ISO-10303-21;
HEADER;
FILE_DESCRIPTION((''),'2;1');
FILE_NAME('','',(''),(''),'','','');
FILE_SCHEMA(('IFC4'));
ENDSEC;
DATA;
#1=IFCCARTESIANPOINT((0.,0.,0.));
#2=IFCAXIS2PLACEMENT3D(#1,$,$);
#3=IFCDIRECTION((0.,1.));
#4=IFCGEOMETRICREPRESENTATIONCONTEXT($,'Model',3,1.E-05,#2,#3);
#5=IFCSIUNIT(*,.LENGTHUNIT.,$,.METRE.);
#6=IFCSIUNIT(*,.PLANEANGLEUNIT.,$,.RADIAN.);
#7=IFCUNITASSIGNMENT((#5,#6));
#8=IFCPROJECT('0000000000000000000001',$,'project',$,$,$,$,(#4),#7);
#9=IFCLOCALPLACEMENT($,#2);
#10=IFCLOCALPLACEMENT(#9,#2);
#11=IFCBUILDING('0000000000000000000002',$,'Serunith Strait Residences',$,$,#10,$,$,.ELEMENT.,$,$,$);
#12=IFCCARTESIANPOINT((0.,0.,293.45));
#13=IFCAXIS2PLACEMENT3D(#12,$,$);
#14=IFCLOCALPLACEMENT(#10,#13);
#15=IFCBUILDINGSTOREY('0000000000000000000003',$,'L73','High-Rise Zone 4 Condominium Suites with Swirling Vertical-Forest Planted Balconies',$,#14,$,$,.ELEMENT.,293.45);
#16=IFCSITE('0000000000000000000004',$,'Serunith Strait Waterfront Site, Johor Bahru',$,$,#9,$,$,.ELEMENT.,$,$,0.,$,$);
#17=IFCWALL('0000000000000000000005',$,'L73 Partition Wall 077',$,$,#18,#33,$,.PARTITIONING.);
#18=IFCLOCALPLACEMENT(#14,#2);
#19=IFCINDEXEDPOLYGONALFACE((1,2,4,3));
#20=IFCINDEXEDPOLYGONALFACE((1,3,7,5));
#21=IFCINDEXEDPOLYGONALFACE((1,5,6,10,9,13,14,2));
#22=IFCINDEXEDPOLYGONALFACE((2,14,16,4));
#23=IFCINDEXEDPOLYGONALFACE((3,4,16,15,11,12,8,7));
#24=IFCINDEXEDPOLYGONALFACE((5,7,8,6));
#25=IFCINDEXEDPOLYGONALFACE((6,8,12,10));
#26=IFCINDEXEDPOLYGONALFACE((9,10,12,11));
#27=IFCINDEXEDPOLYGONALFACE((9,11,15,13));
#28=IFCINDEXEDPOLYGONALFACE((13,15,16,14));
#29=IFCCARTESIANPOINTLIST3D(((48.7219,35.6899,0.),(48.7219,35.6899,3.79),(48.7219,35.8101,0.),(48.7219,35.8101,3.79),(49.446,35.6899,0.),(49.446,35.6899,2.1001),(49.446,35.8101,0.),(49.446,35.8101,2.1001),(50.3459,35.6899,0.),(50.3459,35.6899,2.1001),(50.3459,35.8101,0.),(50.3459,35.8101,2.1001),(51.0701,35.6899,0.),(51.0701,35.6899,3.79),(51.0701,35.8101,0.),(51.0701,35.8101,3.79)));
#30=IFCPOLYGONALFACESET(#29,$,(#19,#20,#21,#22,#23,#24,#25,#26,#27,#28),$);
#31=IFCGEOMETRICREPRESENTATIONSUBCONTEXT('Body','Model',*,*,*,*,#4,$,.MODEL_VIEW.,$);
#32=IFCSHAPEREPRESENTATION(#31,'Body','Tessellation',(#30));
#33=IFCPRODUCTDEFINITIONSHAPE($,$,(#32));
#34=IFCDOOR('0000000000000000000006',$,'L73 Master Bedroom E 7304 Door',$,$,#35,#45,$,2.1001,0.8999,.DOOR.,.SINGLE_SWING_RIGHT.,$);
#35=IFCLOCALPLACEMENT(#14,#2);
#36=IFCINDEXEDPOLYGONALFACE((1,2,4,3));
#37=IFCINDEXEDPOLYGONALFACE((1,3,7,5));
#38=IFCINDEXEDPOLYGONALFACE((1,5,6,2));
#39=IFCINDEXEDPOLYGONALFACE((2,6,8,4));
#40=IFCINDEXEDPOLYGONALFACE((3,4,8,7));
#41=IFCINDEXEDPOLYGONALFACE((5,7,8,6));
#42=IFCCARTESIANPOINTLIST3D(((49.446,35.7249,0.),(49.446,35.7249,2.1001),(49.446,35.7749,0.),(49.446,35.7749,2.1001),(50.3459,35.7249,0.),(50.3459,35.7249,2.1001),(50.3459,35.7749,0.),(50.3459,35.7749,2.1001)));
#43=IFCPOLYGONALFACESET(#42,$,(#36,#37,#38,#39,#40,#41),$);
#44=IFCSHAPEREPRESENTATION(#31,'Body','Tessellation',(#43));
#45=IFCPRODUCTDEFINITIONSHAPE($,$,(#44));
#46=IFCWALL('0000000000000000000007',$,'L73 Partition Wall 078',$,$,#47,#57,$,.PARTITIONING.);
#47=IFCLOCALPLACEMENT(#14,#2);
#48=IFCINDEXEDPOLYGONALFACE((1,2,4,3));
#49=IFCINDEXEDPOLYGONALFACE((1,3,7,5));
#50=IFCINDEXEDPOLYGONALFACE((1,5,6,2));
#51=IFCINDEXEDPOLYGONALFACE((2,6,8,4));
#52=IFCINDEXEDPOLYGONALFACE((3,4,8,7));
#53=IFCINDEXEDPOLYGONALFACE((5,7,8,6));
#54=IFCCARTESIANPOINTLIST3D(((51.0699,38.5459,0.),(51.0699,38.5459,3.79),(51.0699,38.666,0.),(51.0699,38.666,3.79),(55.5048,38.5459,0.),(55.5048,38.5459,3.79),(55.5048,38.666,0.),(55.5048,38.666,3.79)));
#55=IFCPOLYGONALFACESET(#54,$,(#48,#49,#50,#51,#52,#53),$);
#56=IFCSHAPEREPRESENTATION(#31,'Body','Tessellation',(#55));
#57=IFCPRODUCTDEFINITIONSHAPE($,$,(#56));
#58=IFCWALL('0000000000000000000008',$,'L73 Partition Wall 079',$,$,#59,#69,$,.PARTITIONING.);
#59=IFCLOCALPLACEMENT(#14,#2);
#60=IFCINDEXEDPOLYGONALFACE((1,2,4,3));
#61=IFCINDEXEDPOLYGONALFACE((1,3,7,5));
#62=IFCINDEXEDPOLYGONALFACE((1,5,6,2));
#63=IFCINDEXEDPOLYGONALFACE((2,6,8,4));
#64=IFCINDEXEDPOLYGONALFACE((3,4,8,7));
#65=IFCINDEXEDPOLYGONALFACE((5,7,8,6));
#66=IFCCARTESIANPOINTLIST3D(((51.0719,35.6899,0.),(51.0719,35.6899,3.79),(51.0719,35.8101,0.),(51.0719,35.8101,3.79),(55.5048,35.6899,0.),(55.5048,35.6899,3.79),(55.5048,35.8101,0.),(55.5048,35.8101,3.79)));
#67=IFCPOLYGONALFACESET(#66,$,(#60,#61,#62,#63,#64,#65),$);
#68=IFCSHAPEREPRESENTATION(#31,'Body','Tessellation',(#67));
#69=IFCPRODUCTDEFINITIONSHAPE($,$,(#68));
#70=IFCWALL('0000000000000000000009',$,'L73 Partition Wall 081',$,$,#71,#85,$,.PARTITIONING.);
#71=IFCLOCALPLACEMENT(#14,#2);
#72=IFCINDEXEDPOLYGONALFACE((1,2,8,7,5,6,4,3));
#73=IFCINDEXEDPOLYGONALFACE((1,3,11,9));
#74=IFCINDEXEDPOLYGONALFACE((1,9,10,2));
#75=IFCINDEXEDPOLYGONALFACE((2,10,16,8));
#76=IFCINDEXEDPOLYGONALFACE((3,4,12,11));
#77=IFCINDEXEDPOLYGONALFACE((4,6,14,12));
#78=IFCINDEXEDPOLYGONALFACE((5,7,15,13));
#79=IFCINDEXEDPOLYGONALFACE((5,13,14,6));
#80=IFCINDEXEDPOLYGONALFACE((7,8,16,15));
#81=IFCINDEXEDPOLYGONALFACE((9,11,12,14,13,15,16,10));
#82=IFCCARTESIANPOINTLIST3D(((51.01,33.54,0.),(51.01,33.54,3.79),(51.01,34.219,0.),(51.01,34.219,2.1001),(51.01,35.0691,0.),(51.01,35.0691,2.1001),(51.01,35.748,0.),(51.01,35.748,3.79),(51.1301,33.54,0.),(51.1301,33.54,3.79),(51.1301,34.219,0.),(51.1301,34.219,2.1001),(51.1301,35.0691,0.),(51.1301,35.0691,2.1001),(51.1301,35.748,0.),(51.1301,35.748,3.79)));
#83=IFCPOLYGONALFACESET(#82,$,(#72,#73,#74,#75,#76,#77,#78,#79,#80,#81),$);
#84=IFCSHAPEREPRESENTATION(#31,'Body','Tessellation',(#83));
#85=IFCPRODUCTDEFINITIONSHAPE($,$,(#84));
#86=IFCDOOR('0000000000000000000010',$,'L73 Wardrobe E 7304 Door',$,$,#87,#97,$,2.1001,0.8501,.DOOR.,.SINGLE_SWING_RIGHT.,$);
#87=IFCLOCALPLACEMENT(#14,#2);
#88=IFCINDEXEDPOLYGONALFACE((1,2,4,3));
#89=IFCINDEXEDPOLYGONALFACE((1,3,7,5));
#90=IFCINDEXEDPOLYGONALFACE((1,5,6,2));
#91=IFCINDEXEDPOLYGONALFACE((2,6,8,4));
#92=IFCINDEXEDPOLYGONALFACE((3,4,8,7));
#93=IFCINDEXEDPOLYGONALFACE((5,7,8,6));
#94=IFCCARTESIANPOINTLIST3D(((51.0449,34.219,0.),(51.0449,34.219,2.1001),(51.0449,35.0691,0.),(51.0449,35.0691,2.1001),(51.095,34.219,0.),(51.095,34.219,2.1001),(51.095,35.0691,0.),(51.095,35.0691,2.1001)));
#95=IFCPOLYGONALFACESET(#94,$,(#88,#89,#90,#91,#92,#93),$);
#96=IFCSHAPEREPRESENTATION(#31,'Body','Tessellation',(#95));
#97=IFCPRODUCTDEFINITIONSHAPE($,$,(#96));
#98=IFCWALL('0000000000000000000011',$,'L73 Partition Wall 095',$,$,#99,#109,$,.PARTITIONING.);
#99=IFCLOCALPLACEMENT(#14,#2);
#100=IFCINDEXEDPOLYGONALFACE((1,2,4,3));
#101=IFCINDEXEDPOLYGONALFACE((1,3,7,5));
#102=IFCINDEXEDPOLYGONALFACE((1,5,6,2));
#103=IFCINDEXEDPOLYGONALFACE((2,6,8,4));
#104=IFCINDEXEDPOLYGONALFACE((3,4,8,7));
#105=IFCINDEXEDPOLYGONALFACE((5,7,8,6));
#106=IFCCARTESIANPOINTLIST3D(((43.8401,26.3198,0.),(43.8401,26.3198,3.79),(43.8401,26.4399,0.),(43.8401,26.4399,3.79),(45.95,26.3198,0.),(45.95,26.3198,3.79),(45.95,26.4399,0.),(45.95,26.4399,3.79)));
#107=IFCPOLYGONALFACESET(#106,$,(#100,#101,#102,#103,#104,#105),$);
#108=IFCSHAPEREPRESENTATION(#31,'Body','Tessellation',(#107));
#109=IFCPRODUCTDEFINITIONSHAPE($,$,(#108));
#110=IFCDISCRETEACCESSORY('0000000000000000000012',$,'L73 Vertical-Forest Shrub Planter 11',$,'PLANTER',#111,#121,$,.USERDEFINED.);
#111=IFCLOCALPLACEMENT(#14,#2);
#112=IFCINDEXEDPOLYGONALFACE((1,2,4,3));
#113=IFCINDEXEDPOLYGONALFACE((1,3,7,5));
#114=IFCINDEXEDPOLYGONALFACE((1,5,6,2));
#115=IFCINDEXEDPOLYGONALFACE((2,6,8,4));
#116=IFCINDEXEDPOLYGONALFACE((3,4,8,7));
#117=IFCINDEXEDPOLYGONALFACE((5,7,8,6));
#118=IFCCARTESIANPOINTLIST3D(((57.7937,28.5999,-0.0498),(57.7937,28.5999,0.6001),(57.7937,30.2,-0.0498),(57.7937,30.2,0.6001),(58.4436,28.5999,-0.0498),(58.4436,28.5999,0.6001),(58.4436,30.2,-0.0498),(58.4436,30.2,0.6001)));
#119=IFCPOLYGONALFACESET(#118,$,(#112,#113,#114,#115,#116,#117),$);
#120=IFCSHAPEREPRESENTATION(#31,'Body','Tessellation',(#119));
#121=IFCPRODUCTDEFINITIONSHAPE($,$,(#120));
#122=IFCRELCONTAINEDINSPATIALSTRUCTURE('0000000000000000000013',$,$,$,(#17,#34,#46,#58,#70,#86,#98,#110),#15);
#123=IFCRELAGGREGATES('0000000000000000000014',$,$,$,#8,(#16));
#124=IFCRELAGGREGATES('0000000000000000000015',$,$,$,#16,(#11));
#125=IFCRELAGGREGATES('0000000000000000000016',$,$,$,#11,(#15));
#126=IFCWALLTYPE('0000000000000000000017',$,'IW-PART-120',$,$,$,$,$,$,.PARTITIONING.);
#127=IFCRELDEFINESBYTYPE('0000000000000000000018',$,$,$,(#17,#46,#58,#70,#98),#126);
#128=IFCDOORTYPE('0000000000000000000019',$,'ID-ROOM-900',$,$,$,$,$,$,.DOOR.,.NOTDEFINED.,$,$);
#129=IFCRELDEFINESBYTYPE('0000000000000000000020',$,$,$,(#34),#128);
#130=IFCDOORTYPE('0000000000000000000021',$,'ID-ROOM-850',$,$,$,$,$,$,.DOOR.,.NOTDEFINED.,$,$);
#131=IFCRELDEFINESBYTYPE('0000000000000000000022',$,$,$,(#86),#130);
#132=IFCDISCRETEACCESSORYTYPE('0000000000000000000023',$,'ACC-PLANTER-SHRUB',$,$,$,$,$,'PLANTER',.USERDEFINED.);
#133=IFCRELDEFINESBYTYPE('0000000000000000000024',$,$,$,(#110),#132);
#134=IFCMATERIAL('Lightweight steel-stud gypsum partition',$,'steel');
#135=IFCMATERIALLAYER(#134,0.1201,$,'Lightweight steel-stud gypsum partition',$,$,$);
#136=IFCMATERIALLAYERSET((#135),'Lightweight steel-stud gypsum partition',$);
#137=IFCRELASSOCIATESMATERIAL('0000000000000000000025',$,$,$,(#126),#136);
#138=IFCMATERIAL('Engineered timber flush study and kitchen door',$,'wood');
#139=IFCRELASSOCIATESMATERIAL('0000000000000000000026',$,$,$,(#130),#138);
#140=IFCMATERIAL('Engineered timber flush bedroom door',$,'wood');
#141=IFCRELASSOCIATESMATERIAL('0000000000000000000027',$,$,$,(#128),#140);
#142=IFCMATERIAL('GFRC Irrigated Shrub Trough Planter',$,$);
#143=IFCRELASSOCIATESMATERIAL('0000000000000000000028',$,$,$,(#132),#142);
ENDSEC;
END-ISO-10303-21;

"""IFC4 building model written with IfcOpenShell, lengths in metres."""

from ifc_helpers import new_model, si_unit, direction, frame, frame_2d, origin, origin_2d, place, context, subcontext, project, spatial, rectangle, extrude, source, transform, mapped, material, layer, layer_set, type_object, element, fill, save


model = new_model("IFC4")

# Units and contexts
model_context = context("Model", 3, precision=1e-05, world=origin(), true_north=direction((0.0, 1.0)))
body_context = subcontext(model_context, "Body", "Model", "MODEL_VIEW")
ifc_project = project(units=[si_unit("LENGTHUNIT", "METRE"), si_unit("PLANEANGLEUNIT", "RADIAN")], contexts=[model_context])

# Site, building, storey
site_placement = place(None, origin())
site = spatial("IfcSite", under=ifc_project, at=site_placement, Name="Serunith Strait Waterfront Site, Johor Bahru", CompositionType="ELEMENT", RefElevation=0.0)
building_placement = place(site_placement, origin())
building = spatial("IfcBuilding", under=site, at=building_placement, Name="Serunith Strait Residences", CompositionType="ELEMENT")
storey_placement = place(building_placement, frame((0.0, 0.0, 293.45)))
storey = spatial("IfcBuildingStorey", under=building, at=storey_placement, Name="L73", Description="High-Rise Zone 4 Condominium Suites with Swirling Vertical-Forest Planted Balconies", CompositionType="ELEMENT", Elevation=293.45)

# Wall, opening, door
ifc_material_1 = material(Name="Lightweight steel-stud gypsum partition", Category="steel")
ifc_layer_1 = layer(ifc_material_1, 0.1201, Name="Lightweight steel-stud gypsum partition")
ifc_layer_set_1 = layer_set([ifc_layer_1], Name="Lightweight steel-stud gypsum partition")
wall_type_1 = type_object("IfcWallType", Name="IW-PART-120", PredefinedType="PARTITIONING", material=ifc_layer_set_1)
ifc_material_2 = material(Name="Engineered timber flush study and kitchen door", Category="wood")
door_type_1 = type_object("IfcDoorType", Name="ID-ROOM-850", OperationType="NOTDEFINED", PredefinedType="DOOR", material=ifc_material_2)
shared_shape_1 = source(origin(), body_context, "Body", "SweptSolid", [
    extrude(rectangle(XDim=0.8501, YDim=2.1001, at=frame_2d((0.425, 1.05))), frame((0.0, 0.0249, 0.0), z_axis=(0.0, -1.0, 0.0), x_axis=(1.0, 0.0, 0.0)), (0.0, 0.0, 1.0), 0.05),
])
wall_1_placement = place(storey_placement, frame((48.7219, 35.75, 0.0), z_axis=(0.0, 0.0, 1.0), x_axis=(1.0, 0.0, 0.0)))
wall_1 = element("IfcWall", 1, at=wall_1_placement, inside=storey, type_object=wall_type_1, Name="L73 Partition Wall 077", PredefinedType="PARTITIONING", context=body_context, shape_type="SweptSolid", body=[
    extrude(rectangle(XDim=2.3481, YDim=0.1201, at=frame_2d((1.1741, 0.0))), origin(), (0.0, 0.0, 1.0), 3.79),
])
opening_1_placement = place(wall_1_placement, frame((0.7241, 0.0, 0.0)))
opening_1 = element("IfcOpeningElement", 2, at=opening_1_placement, cuts=wall_1, PredefinedType="OPENING", context=body_context, shape_type="SweptSolid", body=[
    extrude(rectangle(XDim=0.8999, YDim=2.1001, at=frame_2d((0.45, 1.05))), frame((0.0, 0.0701, 0.0), z_axis=(0.0, -1.0, 0.0), x_axis=(1.0, 0.0, 0.0)), (0.0, 0.0, 1.0), 0.1401),
])
ifc_material_3 = material(Name="Engineered timber flush bedroom door", Category="wood")
door_type_2 = type_object("IfcDoorType", Name="ID-ROOM-900", OperationType="NOTDEFINED", PredefinedType="DOOR", material=ifc_material_3)
shared_shape_2 = source(origin(), body_context, "Body", "SweptSolid", [
    extrude(rectangle(XDim=0.8999, YDim=2.1001, at=frame_2d((0.45, 1.05))), frame((0.0, 0.0249, 0.0), z_axis=(0.0, -1.0, 0.0), x_axis=(1.0, 0.0, 0.0)), (0.0, 0.0, 1.0), 0.05),
])
door_1_placement = place(opening_1_placement, origin())
door_1 = element("IfcDoor", 3, at=door_1_placement, inside=storey, type_object=door_type_2, Name="L73 Master Bedroom E 7304 Door", OperationType="SINGLE_SWING_RIGHT", OverallHeight=2.1001, OverallWidth=0.8999, PredefinedType="DOOR", context=body_context, shape_type="MappedRepresentation", body=[
    mapped(shared_shape_2, transform((0.0, 0.0, 0.0), scale=1.0)),
])
fill(opening_1, door_1)

# Walls
wall_2_placement = place(storey_placement, frame((51.0701, 38.606, 0.0), z_axis=(0.0, 0.0, 1.0), x_axis=(1.0, 0.0, 0.0)))
element("IfcWall", 4, at=wall_2_placement, inside=storey, type_object=wall_type_1, Name="L73 Partition Wall 078", PredefinedType="PARTITIONING", context=body_context, shape_type="SweptSolid", body=[
    extrude(rectangle(XDim=4.4348, YDim=0.1201, at=frame_2d((2.2173, 0.0))), origin(), (0.0, 0.0, 1.0), 3.79),
])
wall_3_placement = place(storey_placement, frame((51.072, 35.75, 0.0), z_axis=(0.0, 0.0, 1.0), x_axis=(1.0, 0.0, 0.0)))
element("IfcWall", 5, at=wall_3_placement, inside=storey, type_object=wall_type_1, Name="L73 Partition Wall 079", PredefinedType="PARTITIONING", context=body_context, shape_type="SweptSolid", body=[
    extrude(rectangle(XDim=4.4329, YDim=0.1201, at=frame_2d((2.2163, 0.0))), origin(), (0.0, 0.0, 1.0), 3.79),
])

# Wall, opening, door
wall_4_placement = place(storey_placement, frame((51.0701, 35.748, 0.0), z_axis=(0.0, 0.0, 1.0), x_axis=(0.0, -1.0, 0.0)))
wall_4 = element("IfcWall", 6, at=wall_4_placement, inside=storey, type_object=wall_type_1, Name="L73 Partition Wall 081", PredefinedType="PARTITIONING", context=body_context, shape_type="SweptSolid", body=[
    extrude(rectangle(XDim=2.208, YDim=0.1201, at=frame_2d((1.104, 0.0))), origin(), (0.0, 0.0, 1.0), 3.79),
])
opening_2_placement = place(wall_4_placement, frame((0.679, 0.0, 0.0)))
opening_2 = element("IfcOpeningElement", 7, at=opening_2_placement, cuts=wall_4, PredefinedType="OPENING", context=body_context, shape_type="SweptSolid", body=[
    extrude(rectangle(XDim=0.8501, YDim=2.1001, at=frame_2d((0.425, 1.05))), frame((0.0, 0.0701, 0.0), z_axis=(0.0, -1.0, 0.0), x_axis=(1.0, 0.0, 0.0)), (0.0, 0.0, 1.0), 0.1401),
])
door_2_placement = place(opening_2_placement, origin())
door_2 = element("IfcDoor", 8, at=door_2_placement, inside=storey, type_object=door_type_1, Name="L73 Wardrobe E 7304 Door", OperationType="SINGLE_SWING_RIGHT", OverallHeight=2.1001, OverallWidth=0.8501, PredefinedType="DOOR", context=body_context, shape_type="MappedRepresentation", body=[
    mapped(shared_shape_1, transform((0.0, 0.0, 0.0), scale=1.0)),
])
fill(opening_2, door_2)

# Wall
wall_5_placement = place(storey_placement, frame((45.95, 26.3799, 0.0), z_axis=(0.0, 0.0, 1.0), x_axis=(-1.0, 0.0, 0.0)))
element("IfcWall", 9, at=wall_5_placement, inside=storey, type_object=wall_type_1, Name="L73 Partition Wall 095", PredefinedType="PARTITIONING", context=body_context, shape_type="SweptSolid", body=[
    extrude(rectangle(XDim=2.1099, YDim=0.1201, at=frame_2d((1.0549, 0.0))), origin(), (0.0, 0.0, 1.0), 3.79),
])

# Discrete accessory
ifc_material_4 = material(Name="GFRC Irrigated Shrub Trough Planter")
discrete_accessory_type = type_object("IfcDiscreteAccessoryType", Name="ACC-PLANTER-SHRUB", ElementType="PLANTER", PredefinedType="USERDEFINED", material=ifc_material_4)
shared_shape_3 = source(origin(), body_context, "Body", "SweptSolid", [
    extrude(rectangle(XDim=1.6001, YDim=0.6499, at=origin_2d()), origin(), (0.0, 0.0, 1.0), 0.6499),
])
discrete_accessory_placement = place(storey_placement, frame((58.1187, 29.3999, -0.0498), z_axis=(0.0, 0.0, 1.0), x_axis=(0.0, 1.0, 0.0)))
element("IfcDiscreteAccessory", 10, at=discrete_accessory_placement, inside=storey, type_object=discrete_accessory_type, Name="L73 Vertical-Forest Shrub Planter 11", ObjectType="PLANTER", PredefinedType="USERDEFINED", context=body_context, shape_type="MappedRepresentation", body=[
    mapped(shared_shape_3, transform((0.0, 0.0, 0.0), scale=1.0)),
])

save(model, "model.ifc")
